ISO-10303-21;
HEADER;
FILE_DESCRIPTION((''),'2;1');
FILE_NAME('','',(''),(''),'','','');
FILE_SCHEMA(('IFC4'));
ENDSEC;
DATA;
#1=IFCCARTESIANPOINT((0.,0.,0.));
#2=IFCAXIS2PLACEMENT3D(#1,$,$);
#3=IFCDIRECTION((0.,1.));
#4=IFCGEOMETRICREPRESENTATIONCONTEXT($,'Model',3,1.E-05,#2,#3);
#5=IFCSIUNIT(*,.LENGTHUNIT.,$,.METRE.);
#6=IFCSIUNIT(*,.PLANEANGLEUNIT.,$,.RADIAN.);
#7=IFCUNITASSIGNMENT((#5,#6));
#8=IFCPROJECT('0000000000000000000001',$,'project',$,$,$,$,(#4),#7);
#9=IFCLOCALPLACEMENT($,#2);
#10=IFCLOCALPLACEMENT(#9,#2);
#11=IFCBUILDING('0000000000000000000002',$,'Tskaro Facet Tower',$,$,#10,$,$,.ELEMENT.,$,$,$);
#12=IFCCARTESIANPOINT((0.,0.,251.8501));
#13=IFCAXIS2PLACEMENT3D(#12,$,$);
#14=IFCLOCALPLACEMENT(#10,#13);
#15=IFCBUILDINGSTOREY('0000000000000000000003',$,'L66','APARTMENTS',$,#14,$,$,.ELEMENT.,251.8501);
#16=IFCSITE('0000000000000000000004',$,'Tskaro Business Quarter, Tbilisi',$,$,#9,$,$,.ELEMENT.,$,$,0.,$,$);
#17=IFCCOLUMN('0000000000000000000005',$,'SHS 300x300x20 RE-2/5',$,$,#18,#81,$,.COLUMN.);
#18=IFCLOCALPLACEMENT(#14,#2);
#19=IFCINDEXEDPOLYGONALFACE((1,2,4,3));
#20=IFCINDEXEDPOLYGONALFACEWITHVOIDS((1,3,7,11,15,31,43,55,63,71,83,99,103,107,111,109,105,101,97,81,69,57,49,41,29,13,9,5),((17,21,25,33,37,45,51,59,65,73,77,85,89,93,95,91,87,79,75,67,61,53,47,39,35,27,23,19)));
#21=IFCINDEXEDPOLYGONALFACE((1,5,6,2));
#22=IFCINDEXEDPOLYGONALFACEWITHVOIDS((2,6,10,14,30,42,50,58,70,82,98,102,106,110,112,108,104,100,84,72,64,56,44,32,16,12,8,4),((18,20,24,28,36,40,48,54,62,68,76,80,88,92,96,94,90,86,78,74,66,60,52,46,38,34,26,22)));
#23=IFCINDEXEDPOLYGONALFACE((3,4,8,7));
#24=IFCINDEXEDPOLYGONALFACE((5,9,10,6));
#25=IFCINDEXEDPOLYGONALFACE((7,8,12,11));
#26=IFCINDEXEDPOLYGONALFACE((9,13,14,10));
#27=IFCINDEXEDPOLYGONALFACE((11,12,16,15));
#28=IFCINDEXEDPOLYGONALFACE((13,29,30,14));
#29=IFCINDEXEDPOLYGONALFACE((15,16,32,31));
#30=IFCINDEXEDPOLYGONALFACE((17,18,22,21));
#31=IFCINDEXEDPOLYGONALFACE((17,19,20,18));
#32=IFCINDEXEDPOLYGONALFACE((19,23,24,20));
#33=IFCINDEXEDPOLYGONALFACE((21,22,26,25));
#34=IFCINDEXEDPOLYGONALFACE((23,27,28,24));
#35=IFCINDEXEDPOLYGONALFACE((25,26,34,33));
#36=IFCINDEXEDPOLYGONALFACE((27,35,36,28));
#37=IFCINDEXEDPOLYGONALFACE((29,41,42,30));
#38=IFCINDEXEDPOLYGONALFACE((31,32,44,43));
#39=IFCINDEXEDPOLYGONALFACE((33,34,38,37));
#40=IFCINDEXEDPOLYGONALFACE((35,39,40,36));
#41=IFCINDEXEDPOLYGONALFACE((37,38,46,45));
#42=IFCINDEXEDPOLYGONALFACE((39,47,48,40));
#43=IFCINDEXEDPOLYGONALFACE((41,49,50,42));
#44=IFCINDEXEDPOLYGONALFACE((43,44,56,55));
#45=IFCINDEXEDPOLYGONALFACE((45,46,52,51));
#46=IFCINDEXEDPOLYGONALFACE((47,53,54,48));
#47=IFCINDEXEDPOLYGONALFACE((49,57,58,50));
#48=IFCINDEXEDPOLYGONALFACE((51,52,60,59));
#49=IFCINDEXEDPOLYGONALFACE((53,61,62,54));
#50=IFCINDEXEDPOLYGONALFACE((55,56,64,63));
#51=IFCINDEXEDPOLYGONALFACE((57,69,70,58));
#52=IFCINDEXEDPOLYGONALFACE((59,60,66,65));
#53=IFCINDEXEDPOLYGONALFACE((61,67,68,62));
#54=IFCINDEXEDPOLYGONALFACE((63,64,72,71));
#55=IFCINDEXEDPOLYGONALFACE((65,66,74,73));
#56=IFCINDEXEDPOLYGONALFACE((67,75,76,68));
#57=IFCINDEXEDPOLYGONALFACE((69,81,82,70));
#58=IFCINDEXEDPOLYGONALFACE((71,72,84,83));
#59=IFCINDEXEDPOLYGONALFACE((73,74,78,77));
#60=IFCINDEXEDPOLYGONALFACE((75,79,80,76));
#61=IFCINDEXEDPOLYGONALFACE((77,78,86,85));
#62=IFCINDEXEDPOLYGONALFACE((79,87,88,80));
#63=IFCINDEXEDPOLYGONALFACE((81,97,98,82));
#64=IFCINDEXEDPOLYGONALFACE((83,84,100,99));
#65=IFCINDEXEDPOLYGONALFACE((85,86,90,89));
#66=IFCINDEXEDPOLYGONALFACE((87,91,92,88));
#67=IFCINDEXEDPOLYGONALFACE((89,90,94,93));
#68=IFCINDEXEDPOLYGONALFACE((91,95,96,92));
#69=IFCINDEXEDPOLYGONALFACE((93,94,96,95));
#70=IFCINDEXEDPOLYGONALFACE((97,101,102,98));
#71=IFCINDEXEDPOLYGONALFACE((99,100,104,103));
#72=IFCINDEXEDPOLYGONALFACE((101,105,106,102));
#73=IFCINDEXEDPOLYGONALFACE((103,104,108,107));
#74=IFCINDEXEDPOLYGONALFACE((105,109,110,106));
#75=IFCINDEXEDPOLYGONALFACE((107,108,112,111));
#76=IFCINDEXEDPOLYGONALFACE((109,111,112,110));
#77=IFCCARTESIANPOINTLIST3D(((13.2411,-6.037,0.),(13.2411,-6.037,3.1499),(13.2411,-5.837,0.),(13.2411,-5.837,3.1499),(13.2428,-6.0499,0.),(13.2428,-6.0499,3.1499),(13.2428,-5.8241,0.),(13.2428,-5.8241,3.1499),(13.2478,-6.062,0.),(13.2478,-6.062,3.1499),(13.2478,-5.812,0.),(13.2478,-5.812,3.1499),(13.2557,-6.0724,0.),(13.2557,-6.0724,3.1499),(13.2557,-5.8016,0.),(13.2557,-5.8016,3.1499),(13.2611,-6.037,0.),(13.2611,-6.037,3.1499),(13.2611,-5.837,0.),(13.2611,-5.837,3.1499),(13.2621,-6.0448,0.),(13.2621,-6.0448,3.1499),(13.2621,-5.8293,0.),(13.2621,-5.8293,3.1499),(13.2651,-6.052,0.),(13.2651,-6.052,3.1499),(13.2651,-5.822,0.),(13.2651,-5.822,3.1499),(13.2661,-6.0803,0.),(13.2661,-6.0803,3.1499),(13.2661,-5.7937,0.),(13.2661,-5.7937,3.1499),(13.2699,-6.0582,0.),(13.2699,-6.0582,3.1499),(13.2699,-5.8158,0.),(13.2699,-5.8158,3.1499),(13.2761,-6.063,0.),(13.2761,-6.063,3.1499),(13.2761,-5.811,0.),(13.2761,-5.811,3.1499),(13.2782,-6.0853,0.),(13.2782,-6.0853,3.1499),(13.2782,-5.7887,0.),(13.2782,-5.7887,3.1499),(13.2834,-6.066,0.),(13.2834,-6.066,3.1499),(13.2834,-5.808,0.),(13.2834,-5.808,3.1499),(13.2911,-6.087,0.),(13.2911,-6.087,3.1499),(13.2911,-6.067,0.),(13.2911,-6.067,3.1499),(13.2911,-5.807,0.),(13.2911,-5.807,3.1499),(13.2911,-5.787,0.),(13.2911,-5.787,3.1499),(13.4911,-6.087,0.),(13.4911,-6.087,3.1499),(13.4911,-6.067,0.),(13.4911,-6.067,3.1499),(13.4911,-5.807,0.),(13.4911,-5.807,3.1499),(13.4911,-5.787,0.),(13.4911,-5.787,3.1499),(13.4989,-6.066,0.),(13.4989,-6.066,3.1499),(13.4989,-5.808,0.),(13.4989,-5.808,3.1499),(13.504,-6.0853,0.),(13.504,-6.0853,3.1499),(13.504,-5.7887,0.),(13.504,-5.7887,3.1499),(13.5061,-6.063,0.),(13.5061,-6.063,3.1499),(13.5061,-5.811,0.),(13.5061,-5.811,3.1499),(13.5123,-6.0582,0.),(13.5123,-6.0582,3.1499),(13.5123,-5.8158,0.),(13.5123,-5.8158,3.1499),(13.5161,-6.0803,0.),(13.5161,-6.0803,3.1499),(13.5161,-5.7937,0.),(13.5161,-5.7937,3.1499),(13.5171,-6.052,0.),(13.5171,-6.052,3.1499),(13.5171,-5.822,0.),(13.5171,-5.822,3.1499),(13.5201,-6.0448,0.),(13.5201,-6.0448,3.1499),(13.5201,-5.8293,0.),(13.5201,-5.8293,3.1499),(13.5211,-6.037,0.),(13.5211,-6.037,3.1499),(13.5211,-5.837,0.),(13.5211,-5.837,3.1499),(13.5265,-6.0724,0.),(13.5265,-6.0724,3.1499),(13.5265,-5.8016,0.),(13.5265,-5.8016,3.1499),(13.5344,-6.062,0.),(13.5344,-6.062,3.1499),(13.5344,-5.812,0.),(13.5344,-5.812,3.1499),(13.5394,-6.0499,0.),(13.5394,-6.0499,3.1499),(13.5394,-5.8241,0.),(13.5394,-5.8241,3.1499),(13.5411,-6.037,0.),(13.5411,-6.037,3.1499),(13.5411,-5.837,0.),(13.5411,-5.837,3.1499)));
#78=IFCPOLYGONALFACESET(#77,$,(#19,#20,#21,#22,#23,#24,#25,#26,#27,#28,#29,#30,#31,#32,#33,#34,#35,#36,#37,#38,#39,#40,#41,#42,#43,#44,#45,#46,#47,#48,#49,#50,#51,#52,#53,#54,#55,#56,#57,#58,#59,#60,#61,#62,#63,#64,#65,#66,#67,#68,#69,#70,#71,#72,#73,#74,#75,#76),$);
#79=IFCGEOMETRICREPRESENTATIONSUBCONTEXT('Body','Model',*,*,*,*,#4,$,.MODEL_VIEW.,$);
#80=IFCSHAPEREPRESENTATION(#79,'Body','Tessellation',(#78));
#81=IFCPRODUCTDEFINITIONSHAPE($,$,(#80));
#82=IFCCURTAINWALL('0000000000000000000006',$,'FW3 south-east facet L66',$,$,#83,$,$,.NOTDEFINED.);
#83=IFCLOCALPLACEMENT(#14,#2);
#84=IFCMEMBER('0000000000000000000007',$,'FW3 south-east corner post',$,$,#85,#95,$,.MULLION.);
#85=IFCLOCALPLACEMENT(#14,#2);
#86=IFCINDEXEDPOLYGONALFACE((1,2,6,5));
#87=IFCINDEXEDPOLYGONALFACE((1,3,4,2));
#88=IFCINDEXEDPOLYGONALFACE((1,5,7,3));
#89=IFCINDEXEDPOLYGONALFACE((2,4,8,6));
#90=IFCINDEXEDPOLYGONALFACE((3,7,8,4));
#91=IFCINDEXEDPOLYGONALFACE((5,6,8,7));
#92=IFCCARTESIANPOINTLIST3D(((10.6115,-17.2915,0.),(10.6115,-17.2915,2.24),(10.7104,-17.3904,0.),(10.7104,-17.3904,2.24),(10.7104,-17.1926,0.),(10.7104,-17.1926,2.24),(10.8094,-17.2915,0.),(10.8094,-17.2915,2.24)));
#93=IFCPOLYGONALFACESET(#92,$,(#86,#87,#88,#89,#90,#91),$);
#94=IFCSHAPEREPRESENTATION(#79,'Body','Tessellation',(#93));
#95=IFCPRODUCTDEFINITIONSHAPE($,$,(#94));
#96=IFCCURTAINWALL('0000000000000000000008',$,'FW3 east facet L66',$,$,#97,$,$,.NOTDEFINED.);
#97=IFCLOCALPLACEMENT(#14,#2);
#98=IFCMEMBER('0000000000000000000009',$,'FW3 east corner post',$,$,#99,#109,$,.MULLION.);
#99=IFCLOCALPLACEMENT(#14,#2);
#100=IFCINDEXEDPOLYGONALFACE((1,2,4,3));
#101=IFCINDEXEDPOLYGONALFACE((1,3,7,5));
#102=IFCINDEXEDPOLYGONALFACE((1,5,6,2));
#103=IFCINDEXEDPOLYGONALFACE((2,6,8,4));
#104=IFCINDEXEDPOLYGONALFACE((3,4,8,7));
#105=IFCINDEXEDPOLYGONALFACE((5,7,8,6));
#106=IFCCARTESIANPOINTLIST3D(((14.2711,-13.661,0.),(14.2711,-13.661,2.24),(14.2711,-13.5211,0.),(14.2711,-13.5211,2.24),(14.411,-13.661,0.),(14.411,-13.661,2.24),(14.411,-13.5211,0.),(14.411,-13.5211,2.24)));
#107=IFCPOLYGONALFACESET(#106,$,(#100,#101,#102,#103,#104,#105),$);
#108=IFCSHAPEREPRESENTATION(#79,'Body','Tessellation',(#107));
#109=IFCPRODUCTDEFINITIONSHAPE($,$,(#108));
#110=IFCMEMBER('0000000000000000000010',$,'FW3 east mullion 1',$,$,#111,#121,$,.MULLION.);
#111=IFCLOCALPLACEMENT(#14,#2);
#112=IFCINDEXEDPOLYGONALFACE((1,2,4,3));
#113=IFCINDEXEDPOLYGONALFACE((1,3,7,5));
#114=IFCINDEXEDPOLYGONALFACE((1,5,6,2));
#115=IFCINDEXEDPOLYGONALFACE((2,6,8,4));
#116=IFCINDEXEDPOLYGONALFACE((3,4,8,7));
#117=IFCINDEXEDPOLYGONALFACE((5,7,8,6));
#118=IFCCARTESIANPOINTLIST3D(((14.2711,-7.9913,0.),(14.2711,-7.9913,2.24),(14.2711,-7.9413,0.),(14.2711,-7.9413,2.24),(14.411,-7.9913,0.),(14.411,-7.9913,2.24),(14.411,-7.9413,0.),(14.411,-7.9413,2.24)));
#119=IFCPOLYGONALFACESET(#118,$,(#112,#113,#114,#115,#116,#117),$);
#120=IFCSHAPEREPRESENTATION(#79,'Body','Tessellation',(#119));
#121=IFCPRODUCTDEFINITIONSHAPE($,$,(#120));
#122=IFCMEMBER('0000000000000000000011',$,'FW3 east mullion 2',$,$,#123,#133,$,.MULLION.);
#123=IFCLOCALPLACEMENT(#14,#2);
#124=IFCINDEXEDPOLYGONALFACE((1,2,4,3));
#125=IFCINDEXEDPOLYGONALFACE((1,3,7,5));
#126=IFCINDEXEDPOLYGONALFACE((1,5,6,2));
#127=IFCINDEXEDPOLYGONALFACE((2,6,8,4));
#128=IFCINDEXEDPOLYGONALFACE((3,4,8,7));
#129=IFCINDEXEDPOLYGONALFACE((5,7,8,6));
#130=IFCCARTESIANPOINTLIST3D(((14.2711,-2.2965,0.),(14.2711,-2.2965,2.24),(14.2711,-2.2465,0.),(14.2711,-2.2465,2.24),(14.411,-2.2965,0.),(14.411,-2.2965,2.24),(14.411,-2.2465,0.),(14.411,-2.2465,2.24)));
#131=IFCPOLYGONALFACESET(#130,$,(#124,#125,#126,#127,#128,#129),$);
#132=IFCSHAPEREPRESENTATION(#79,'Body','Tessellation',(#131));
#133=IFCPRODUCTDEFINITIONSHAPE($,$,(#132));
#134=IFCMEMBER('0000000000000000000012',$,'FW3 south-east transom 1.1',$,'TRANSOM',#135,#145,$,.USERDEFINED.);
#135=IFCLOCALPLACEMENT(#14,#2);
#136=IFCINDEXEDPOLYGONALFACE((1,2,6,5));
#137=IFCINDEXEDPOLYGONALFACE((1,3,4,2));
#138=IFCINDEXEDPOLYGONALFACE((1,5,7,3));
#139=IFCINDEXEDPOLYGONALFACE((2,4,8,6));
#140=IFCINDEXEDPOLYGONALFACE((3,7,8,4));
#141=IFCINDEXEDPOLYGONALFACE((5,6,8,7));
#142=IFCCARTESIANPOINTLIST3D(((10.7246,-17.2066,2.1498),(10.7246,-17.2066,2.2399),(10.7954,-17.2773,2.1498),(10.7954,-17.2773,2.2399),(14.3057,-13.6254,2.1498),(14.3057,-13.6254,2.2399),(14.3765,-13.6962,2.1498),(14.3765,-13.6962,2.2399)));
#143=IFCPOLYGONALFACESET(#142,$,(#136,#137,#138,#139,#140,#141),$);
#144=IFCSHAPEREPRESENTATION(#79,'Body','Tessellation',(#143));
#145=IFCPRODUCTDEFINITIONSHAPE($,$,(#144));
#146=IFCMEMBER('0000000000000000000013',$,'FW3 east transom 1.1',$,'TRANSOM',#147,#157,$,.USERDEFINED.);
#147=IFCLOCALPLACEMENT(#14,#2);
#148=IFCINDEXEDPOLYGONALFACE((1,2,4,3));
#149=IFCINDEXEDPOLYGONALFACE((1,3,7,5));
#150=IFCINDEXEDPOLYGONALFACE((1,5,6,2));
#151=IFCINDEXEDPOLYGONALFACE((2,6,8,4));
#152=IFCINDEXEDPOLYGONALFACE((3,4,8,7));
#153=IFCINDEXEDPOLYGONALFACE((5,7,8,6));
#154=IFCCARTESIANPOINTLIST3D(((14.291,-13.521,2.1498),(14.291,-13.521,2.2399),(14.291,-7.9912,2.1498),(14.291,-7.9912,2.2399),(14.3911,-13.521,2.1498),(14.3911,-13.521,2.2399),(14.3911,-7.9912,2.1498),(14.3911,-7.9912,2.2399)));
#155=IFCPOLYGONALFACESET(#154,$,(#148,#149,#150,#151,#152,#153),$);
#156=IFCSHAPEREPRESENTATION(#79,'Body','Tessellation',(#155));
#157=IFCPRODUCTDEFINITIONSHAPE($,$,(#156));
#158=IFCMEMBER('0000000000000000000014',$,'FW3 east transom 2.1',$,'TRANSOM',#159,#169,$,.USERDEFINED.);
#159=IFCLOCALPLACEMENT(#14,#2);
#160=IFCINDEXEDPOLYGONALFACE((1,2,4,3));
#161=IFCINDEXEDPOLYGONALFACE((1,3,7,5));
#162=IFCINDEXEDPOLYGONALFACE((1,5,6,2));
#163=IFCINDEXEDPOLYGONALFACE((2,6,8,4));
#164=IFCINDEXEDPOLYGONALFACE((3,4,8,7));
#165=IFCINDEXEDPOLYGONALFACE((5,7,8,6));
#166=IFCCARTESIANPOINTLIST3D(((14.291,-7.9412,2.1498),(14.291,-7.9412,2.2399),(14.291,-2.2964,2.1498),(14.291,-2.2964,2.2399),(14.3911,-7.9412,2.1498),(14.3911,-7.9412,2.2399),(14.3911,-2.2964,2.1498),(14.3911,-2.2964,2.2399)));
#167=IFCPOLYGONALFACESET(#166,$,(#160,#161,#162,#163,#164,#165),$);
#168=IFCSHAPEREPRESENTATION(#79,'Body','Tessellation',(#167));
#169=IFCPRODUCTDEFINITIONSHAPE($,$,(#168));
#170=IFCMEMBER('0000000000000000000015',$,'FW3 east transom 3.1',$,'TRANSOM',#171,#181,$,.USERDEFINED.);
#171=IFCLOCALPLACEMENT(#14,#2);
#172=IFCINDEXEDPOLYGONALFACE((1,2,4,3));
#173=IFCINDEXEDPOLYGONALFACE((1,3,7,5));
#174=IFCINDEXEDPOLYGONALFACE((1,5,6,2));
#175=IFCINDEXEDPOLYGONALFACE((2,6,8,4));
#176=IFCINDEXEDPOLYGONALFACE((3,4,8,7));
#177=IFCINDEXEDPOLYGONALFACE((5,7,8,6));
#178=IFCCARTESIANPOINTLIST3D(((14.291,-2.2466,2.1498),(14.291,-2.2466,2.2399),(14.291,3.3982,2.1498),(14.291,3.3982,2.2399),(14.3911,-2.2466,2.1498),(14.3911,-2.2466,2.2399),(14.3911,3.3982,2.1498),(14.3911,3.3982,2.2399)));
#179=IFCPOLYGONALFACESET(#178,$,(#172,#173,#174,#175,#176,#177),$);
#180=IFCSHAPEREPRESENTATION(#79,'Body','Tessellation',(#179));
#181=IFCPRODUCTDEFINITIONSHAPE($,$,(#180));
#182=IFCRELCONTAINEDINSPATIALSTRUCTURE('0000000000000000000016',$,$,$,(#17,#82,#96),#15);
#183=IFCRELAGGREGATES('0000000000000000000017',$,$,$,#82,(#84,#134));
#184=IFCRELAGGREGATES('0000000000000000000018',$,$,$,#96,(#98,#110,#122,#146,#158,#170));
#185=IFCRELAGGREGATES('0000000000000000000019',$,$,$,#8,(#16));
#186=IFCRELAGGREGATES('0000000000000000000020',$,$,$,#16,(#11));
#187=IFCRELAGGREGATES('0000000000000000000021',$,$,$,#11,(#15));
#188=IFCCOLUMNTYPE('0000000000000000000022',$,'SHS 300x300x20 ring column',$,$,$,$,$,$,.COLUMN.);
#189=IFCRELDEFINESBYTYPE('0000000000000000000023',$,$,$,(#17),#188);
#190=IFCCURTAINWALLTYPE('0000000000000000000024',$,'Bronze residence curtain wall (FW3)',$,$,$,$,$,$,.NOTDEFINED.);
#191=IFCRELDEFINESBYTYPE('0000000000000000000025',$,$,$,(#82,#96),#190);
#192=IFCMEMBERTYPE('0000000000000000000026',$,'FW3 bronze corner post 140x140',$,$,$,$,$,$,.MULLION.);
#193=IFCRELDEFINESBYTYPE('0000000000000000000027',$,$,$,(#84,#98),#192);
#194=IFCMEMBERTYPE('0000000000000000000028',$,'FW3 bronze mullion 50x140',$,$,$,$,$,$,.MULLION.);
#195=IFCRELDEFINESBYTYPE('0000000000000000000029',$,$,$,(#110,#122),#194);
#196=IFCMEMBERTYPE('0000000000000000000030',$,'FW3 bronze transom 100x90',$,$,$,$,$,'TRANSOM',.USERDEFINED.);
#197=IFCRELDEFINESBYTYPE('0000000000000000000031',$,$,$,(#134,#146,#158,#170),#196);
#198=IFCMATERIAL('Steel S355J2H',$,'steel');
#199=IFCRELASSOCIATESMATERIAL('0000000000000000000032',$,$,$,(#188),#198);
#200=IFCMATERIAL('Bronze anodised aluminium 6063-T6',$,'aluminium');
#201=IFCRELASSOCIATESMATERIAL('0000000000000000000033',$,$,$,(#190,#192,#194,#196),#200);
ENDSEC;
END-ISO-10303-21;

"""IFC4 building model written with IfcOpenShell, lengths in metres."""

from ifc_helpers import new_model, si_unit, direction, frame, origin, origin_2d, place, context, subcontext, project, spatial, rectangle, hollow_rectangle, extrude, material, material_profile, profile_set, type_object, element, aggregate, save


model = new_model("IFC4")

# Units and contexts
model_context = context("Model", 3, precision=1e-05, world=origin(), true_north=direction((0.0, 1.0)))
body_context = subcontext(model_context, "Body", "Model", "MODEL_VIEW")
ifc_project = project(units=[si_unit("LENGTHUNIT", "METRE"), si_unit("PLANEANGLEUNIT", "RADIAN")], contexts=[model_context])

# Site, building, storey
site_placement = place(None, origin())
site = spatial("IfcSite", under=ifc_project, at=site_placement, Name="Tskaro Business Quarter, Tbilisi", CompositionType="ELEMENT", RefElevation=0.0)
building_placement = place(site_placement, origin())
building = spatial("IfcBuilding", under=site, at=building_placement, Name="Tskaro Facet Tower", CompositionType="ELEMENT")
storey_placement = place(building_placement, frame((0.0, 0.0, 251.8501)))
storey = spatial("IfcBuildingStorey", under=building, at=storey_placement, Name="L66", Description="APARTMENTS", CompositionType="ELEMENT", Elevation=251.8501)

# Column
ifc_material_1 = material(Name="Steel S355J2H", Category="steel")
ifc_material_profile_1 = material_profile(ifc_material_1, hollow_rectangle(XDim=0.3, YDim=0.3, WallThickness=0.02, InnerFilletRadius=0.03, OuterFilletRadius=0.05, at=origin_2d()), Name="SHS 300x300x20")
ifc_profile_set_1 = profile_set([ifc_material_profile_1], Name="Steel S355J2H")
column_type_1 = type_object("IfcColumnType", Name="SHS 300x300x20 ring column", PredefinedType="COLUMN", material=ifc_profile_set_1)
for number, where, z_axis, x_axis, name in (
    (1, (13.3911, -5.937, 0.0), (0.0, 0.0, 1.0), (1.0, 0.0, 0.0), "SHS 300x300x20 RE-2/5"),
):
    element("IfcColumn", number, at=place(storey_placement, frame(where, z_axis=z_axis, x_axis=x_axis)), inside=storey, type_object=column_type_1, Name=name, PredefinedType="COLUMN", context=body_context, shape_type="SweptSolid", body=[
        extrude(hollow_rectangle(XDim=0.3, YDim=0.3, WallThickness=0.02, InnerFilletRadius=0.03, OuterFilletRadius=0.05, at=origin_2d()), origin(), (0.0, 0.0, 1.0), 3.1499),
    ])

# Curtain wall, member
ifc_material_2 = material(Name="Bronze anodised aluminium 6063-T6", Category="aluminium")
curtain_wall_type = type_object("IfcCurtainWallType", Name="Bronze residence curtain wall (FW3)", PredefinedType="NOTDEFINED", material=ifc_material_2)
curtain_wall_1_placement = place(storey_placement, origin())
curtain_wall_1 = element("IfcCurtainWall", 2, at=curtain_wall_1_placement, inside=storey, type_object=curtain_wall_type, Name="FW3 south-east facet L66", PredefinedType="NOTDEFINED")
ifc_material_profile_2 = material_profile(ifc_material_2, rectangle(XDim=0.1399, YDim=0.1399, at=origin_2d()), Name="Corner post 140x140")
ifc_profile_set_2 = profile_set([ifc_material_profile_2], Name="Bronze anodised aluminium 6063-T6")
member_type_1 = type_object("IfcMemberType", Name="FW3 bronze corner post 140x140", PredefinedType="MULLION", material=ifc_profile_set_2)
member_1_placement = place(storey_placement, frame((10.7104, -17.2915, 0.0), z_axis=(0.0, 0.0, 1.0), x_axis=(0.707107, 0.707107, 0.0)))
member_1 = element("IfcMember", 3, at=member_1_placement, type_object=member_type_1, Name="FW3 south-east corner post", PredefinedType="MULLION", context=body_context, shape_type="SweptSolid", body=[
    extrude(rectangle(XDim=0.1399, YDim=0.1399, at=origin_2d()), origin(), (0.0, 0.0, 1.0), 2.24),
])

# Curtain wall, members
curtain_wall_2_placement = place(storey_placement, origin())
curtain_wall_2 = element("IfcCurtainWall", 4, at=curtain_wall_2_placement, inside=storey, type_object=curtain_wall_type, Name="FW3 east facet L66", PredefinedType="NOTDEFINED")
member_2_placement = place(storey_placement, frame((14.3411, -13.5911, 0.0), z_axis=(0.0, 0.0, 1.0), x_axis=(0.0, 1.0, 0.0)))
member_2 = element("IfcMember", 5, at=member_2_placement, type_object=member_type_1, Name="FW3 east corner post", PredefinedType="MULLION", context=body_context, shape_type="SweptSolid", body=[
    extrude(rectangle(XDim=0.1399, YDim=0.1399, at=origin_2d()), origin(), (0.0, 0.0, 1.0), 2.24),
])
ifc_material_profile_3 = material_profile(ifc_material_2, rectangle(XDim=0.05, YDim=0.1399, at=origin_2d()), Name="Mullion 50x140")
ifc_profile_set_3 = profile_set([ifc_material_profile_3], Name="Bronze anodised aluminium 6063-T6")
member_type_2 = type_object("IfcMemberType", Name="FW3 bronze mullion 50x140", PredefinedType="MULLION", material=ifc_profile_set_3)
member_3_placement = place(storey_placement, frame((14.3411, -7.9663, 0.0), z_axis=(0.0, 0.0, 1.0), x_axis=(0.0, 1.0, 0.0)))
member_3 = element("IfcMember", 6, at=member_3_placement, type_object=member_type_2, Name="FW3 east mullion 1", PredefinedType="MULLION", context=body_context, shape_type="SweptSolid", body=[
    extrude(rectangle(XDim=0.05, YDim=0.1399, at=origin_2d()), origin(), (0.0, 0.0, 1.0), 2.24),
])
member_4_placement = place(storey_placement, frame((14.3411, -2.2715, 0.0), z_axis=(0.0, 0.0, 1.0), x_axis=(0.0, 1.0, 0.0)))
member_4 = element("IfcMember", 7, at=member_4_placement, type_object=member_type_2, Name="FW3 east mullion 2", PredefinedType="MULLION", context=body_context, shape_type="SweptSolid", body=[
    extrude(rectangle(XDim=0.05, YDim=0.1399, at=origin_2d()), origin(), (0.0, 0.0, 1.0), 2.24),
])

# Members
ifc_material_profile_4 = material_profile(ifc_material_2, rectangle(XDim=0.1001, YDim=0.0901, at=origin_2d()), Name="Transom 100x90")
ifc_profile_set_4 = profile_set([ifc_material_profile_4], Name="Bronze anodised aluminium 6063-T6")
member_type_3 = type_object("IfcMemberType", Name="FW3 bronze transom 100x90", ElementType="TRANSOM", PredefinedType="USERDEFINED", material=ifc_profile_set_4)
member_5_placement = place(storey_placement, frame((10.76, -17.2419, 2.1948), z_axis=(0.707107, 0.707107, 0.0), x_axis=(-0.707107, 0.707107, 0.0)))
member_5 = element("IfcMember", 8, at=member_5_placement, type_object=member_type_3, Name="FW3 south-east transom 1.1", ObjectType="TRANSOM", PredefinedType="USERDEFINED", context=body_context, shape_type="SweptSolid", body=[
    extrude(rectangle(XDim=0.1001, YDim=0.0901, at=origin_2d()), origin(), (0.0, 0.0, 1.0), 5.0645),
])
member_6_placement = place(storey_placement, frame((14.3411, -13.521, 2.1948), z_axis=(0.0, 1.0, 0.0), x_axis=(-1.0, 0.0, 0.0)))
member_6 = element("IfcMember", 9, at=member_6_placement, type_object=member_type_3, Name="FW3 east transom 1.1", ObjectType="TRANSOM", PredefinedType="USERDEFINED", context=body_context, shape_type="SweptSolid", body=[
    extrude(rectangle(XDim=0.1001, YDim=0.0901, at=origin_2d()), origin(), (0.0, 0.0, 1.0), 5.5298),
])
member_7_placement = place(storey_placement, frame((14.3411, -7.9412, 2.1948), z_axis=(0.0, 1.0, 0.0), x_axis=(-1.0, 0.0, 0.0)))
member_7 = element("IfcMember", 10, at=member_7_placement, type_object=member_type_3, Name="FW3 east transom 2.1", ObjectType="TRANSOM", PredefinedType="USERDEFINED", context=body_context, shape_type="SweptSolid", body=[
    extrude(rectangle(XDim=0.1001, YDim=0.0901, at=origin_2d()), origin(), (0.0, 0.0, 1.0), 5.6448),
])
member_8_placement = place(storey_placement, frame((14.3411, -2.2466, 2.1948), z_axis=(0.0, 1.0, 0.0), x_axis=(-1.0, 0.0, 0.0)))
member_8 = element("IfcMember", 11, at=member_8_placement, type_object=member_type_3, Name="FW3 east transom 3.1", ObjectType="TRANSOM", PredefinedType="USERDEFINED", context=body_context, shape_type="SweptSolid", body=[
    extrude(rectangle(XDim=0.1001, YDim=0.0901, at=origin_2d()), origin(), (0.0, 0.0, 1.0), 5.6448),
])

aggregate(curtain_wall_1, [member_1, member_5])
aggregate(curtain_wall_2, [member_2, member_3, member_4, member_6, member_7, member_8])

save(model, "model.ifc")
